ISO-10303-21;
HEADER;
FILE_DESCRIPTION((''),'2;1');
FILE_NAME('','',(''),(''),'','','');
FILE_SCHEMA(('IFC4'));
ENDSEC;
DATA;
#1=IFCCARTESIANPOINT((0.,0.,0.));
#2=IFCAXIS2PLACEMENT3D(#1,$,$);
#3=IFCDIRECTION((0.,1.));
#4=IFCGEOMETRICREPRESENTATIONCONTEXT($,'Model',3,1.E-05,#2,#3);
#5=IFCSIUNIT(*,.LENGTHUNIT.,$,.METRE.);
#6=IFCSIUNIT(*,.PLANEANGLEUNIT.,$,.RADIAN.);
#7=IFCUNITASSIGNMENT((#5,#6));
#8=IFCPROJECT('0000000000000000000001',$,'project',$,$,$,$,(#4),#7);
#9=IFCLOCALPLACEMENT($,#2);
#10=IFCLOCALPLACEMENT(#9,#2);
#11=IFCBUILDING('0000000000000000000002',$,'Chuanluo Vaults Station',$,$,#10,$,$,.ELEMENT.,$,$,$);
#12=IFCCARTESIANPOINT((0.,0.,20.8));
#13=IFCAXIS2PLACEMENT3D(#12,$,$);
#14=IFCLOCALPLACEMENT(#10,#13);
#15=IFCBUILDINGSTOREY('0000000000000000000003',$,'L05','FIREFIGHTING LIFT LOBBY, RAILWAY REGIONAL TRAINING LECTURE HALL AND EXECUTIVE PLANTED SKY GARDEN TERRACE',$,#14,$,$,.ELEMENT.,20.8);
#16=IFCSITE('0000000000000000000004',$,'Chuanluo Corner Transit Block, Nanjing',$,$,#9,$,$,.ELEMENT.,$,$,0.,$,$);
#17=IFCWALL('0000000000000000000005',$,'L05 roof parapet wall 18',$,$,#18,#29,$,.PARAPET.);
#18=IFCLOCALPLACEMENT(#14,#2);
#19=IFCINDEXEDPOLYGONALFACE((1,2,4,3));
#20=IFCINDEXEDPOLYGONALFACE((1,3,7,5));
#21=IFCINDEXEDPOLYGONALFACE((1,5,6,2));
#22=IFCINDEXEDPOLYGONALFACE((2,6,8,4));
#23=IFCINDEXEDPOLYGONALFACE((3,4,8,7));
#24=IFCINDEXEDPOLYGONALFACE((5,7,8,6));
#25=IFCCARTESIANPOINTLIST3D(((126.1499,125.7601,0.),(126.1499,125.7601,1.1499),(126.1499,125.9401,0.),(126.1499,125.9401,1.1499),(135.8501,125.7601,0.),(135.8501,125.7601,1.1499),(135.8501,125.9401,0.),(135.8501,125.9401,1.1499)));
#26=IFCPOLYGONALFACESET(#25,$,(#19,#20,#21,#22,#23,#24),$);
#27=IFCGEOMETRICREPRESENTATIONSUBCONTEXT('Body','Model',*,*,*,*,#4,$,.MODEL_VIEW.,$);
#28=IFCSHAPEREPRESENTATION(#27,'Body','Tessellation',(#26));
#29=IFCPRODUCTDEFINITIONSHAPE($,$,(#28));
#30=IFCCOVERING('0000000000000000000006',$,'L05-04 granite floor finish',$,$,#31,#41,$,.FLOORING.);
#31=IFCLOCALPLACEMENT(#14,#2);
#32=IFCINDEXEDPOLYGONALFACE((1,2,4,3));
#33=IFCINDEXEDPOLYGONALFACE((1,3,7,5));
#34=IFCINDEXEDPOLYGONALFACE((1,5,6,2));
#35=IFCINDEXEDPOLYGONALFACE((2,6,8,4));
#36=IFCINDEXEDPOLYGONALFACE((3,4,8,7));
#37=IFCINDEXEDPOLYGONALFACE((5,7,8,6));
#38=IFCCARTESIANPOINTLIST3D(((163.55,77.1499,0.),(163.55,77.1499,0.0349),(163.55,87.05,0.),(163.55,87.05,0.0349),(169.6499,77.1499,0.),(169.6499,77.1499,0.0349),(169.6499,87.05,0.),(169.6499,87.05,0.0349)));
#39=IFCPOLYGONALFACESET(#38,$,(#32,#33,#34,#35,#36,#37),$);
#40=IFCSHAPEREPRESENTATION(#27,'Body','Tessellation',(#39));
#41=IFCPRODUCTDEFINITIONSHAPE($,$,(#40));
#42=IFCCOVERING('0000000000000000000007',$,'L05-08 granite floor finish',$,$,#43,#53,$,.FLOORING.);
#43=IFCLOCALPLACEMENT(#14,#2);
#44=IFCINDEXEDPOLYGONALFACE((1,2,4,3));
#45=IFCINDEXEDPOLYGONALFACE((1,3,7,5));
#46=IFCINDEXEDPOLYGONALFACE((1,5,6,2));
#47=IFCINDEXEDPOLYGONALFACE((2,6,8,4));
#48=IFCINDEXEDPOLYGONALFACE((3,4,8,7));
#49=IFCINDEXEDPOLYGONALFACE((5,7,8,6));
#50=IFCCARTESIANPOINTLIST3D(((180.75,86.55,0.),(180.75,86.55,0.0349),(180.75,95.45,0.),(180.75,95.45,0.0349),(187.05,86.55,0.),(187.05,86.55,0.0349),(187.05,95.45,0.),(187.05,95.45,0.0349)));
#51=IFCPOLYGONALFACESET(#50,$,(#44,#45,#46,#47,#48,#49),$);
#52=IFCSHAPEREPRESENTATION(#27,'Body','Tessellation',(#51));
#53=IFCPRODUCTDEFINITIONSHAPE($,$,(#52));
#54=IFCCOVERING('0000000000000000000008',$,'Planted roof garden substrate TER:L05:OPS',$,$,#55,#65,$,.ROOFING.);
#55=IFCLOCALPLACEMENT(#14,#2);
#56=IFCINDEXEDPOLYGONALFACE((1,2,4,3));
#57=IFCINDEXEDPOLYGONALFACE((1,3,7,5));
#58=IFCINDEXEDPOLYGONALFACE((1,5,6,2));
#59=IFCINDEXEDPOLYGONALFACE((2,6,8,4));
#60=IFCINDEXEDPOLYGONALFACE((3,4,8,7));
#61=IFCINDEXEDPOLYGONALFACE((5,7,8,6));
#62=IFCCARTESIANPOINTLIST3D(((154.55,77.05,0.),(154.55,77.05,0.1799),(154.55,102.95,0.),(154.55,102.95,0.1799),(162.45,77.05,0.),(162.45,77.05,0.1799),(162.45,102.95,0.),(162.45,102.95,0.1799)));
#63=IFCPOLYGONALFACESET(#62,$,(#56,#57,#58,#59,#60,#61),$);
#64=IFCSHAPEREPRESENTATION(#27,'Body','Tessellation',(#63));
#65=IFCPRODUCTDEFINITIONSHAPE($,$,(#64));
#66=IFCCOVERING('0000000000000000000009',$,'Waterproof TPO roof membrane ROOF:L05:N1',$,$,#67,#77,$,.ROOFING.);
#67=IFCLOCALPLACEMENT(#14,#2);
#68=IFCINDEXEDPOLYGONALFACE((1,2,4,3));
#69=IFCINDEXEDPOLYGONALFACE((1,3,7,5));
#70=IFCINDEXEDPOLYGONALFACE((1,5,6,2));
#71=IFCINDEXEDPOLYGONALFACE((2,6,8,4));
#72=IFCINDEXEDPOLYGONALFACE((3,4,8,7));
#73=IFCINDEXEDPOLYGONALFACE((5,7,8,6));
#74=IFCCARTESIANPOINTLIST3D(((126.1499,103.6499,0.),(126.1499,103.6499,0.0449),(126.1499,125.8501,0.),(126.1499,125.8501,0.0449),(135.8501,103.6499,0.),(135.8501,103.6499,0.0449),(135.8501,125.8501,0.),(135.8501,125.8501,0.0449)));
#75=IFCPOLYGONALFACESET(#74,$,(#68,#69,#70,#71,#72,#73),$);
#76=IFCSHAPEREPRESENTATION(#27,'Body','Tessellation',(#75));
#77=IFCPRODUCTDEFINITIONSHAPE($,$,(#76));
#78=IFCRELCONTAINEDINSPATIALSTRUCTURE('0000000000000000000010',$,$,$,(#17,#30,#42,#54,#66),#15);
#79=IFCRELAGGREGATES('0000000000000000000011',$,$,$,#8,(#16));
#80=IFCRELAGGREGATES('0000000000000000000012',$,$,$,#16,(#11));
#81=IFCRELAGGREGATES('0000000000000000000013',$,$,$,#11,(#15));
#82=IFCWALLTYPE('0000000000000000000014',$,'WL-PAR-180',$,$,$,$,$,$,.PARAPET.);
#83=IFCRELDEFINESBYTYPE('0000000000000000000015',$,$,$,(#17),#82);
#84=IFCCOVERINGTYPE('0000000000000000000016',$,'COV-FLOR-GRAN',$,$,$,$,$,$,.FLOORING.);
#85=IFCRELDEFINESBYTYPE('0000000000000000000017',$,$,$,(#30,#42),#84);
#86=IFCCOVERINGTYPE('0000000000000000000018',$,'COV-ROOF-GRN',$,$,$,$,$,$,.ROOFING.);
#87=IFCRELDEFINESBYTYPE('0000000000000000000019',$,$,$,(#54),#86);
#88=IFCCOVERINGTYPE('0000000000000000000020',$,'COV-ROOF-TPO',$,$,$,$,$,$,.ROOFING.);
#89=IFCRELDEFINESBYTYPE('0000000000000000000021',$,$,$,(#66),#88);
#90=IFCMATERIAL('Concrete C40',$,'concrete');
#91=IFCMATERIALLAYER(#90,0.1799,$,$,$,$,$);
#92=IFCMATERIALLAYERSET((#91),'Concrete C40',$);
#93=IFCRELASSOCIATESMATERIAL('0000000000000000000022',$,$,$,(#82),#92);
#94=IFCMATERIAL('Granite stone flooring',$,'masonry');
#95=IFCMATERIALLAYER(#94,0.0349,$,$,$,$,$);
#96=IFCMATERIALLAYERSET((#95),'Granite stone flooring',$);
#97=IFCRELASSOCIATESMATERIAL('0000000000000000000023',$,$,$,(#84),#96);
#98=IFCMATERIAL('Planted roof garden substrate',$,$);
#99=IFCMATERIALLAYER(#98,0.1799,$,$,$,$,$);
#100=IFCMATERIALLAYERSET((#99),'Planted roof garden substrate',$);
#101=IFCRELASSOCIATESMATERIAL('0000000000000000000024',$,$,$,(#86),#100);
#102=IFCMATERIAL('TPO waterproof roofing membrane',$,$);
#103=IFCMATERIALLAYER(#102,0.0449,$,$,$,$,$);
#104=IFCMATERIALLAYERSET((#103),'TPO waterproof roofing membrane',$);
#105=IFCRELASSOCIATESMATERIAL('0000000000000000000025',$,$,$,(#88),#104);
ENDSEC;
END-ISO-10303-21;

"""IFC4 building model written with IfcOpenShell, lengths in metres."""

from ifc_helpers import new_model, si_unit, direction, frame, frame_2d, origin, place, context, subcontext, project, spatial, polyline, rectangle, outline, extrude, material, layer, layer_set, type_object, element, save


model = new_model("IFC4")

# Units and contexts
model_context = context("Model", 3, precision=1e-05, world=origin(), true_north=direction((0.0, 1.0)))
body_context = subcontext(model_context, "Body", "Model", "MODEL_VIEW")
ifc_project = project(units=[si_unit("LENGTHUNIT", "METRE"), si_unit("PLANEANGLEUNIT", "RADIAN")], contexts=[model_context])

# Site, building, storey
site_placement = place(None, origin())
site = spatial("IfcSite", under=ifc_project, at=site_placement, Name="Chuanluo Corner Transit Block, Nanjing", CompositionType="ELEMENT", RefElevation=0.0)
building_placement = place(site_placement, origin())
building = spatial("IfcBuilding", under=site, at=building_placement, Name="Chuanluo Vaults Station", CompositionType="ELEMENT")
storey_placement = place(building_placement, frame((0.0, 0.0, 20.8)))
storey = spatial("IfcBuildingStorey", under=building, at=storey_placement, Name="L05", Description="FIREFIGHTING LIFT LOBBY, RAILWAY REGIONAL TRAINING LECTURE HALL AND EXECUTIVE PLANTED SKY GARDEN TERRACE", CompositionType="ELEMENT", Elevation=20.8)

# Wall
ifc_material_1 = material(Name="Concrete C40", Category="concrete")
ifc_layer_1 = layer(ifc_material_1, 0.1799)
ifc_layer_set_1 = layer_set([ifc_layer_1], Name="Concrete C40")
wall_type = type_object("IfcWallType", Name="WL-PAR-180", PredefinedType="PARAPET", material=ifc_layer_set_1)
wall_1_placement = place(storey_placement, frame((126.1499, 125.8501, 0.0), z_axis=(0.0, 0.0, 1.0), x_axis=(1.0, 0.0, 0.0)))
element("IfcWall", 1, at=wall_1_placement, inside=storey, type_object=wall_type, Name="L05 roof parapet wall 18", PredefinedType="PARAPET", context=body_context, shape_type="SweptSolid", body=[
    extrude(rectangle(XDim=9.7002, YDim=0.1799, at=frame_2d((4.8501, 0.0))), origin(), (0.0, 0.0, 1.0), 1.1499),
])

# Coverings
ifc_material_2 = material(Name="Granite stone flooring", Category="masonry")
ifc_layer_2 = layer(ifc_material_2, 0.0349)
ifc_layer_set_2 = layer_set([ifc_layer_2], Name="Granite stone flooring")
covering_type_1 = type_object("IfcCoveringType", Name="COV-FLOR-GRAN", PredefinedType="FLOORING", material=ifc_layer_set_2)
covering_1_placement = place(storey_placement, origin())
element("IfcCovering", 2, at=covering_1_placement, inside=storey, type_object=covering_type_1, Name="L05-04 granite floor finish", PredefinedType="FLOORING", context=body_context, shape_type="SweptSolid", body=[
    extrude(outline(polyline([(163.55, 77.1499), (169.6499, 77.1499), (169.6499, 87.05), (163.55, 87.05), (163.55, 77.1499)])), origin(), (0.0, 0.0, 1.0), 0.0349),
])
covering_2_placement = place(storey_placement, origin())
element("IfcCovering", 3, at=covering_2_placement, inside=storey, type_object=covering_type_1, Name="L05-08 granite floor finish", PredefinedType="FLOORING", context=body_context, shape_type="SweptSolid", body=[
    extrude(outline(polyline([(180.75, 86.55), (187.05, 86.55), (187.05, 95.45), (180.75, 95.45), (180.75, 86.55)])), origin(), (0.0, 0.0, 1.0), 0.0349),
])
ifc_material_3 = material(Name="Planted roof garden substrate")
ifc_layer_3 = layer(ifc_material_3, 0.1799)
ifc_layer_set_3 = layer_set([ifc_layer_3], Name="Planted roof garden substrate")
covering_type_2 = type_object("IfcCoveringType", Name="COV-ROOF-GRN", PredefinedType="ROOFING", material=ifc_layer_set_3)
covering_3_placement = place(storey_placement, origin())
element("IfcCovering", 4, at=covering_3_placement, inside=storey, type_object=covering_type_2, Name="Planted roof garden substrate TER:L05:OPS", PredefinedType="ROOFING", context=body_context, shape_type="SweptSolid", body=[
    extrude(outline(polyline([(154.55, 77.05), (162.45, 77.05), (162.45, 102.95), (154.55, 102.95), (154.55, 77.05)])), origin(), (0.0, 0.0, 1.0), 0.1799),
])
ifc_material_4 = material(Name="TPO waterproof roofing membrane")
ifc_layer_4 = layer(ifc_material_4, 0.0449)
ifc_layer_set_4 = layer_set([ifc_layer_4], Name="TPO waterproof roofing membrane")
covering_type_3 = type_object("IfcCoveringType", Name="COV-ROOF-TPO", PredefinedType="ROOFING", material=ifc_layer_set_4)
covering_4_placement = place(storey_placement, origin())
element("IfcCovering", 5, at=covering_4_placement, inside=storey, type_object=covering_type_3, Name="Waterproof TPO roof membrane ROOF:L05:N1", PredefinedType="ROOFING", context=body_context, shape_type="SweptSolid", body=[
    extrude(outline(polyline([(126.1499, 103.6499), (135.8501, 103.6499), (135.8501, 125.8501), (126.1499, 125.8501), (126.1499, 103.6499)])), origin(), (0.0, 0.0, 1.0), 0.0449),
])

save(model, "model.ifc")
